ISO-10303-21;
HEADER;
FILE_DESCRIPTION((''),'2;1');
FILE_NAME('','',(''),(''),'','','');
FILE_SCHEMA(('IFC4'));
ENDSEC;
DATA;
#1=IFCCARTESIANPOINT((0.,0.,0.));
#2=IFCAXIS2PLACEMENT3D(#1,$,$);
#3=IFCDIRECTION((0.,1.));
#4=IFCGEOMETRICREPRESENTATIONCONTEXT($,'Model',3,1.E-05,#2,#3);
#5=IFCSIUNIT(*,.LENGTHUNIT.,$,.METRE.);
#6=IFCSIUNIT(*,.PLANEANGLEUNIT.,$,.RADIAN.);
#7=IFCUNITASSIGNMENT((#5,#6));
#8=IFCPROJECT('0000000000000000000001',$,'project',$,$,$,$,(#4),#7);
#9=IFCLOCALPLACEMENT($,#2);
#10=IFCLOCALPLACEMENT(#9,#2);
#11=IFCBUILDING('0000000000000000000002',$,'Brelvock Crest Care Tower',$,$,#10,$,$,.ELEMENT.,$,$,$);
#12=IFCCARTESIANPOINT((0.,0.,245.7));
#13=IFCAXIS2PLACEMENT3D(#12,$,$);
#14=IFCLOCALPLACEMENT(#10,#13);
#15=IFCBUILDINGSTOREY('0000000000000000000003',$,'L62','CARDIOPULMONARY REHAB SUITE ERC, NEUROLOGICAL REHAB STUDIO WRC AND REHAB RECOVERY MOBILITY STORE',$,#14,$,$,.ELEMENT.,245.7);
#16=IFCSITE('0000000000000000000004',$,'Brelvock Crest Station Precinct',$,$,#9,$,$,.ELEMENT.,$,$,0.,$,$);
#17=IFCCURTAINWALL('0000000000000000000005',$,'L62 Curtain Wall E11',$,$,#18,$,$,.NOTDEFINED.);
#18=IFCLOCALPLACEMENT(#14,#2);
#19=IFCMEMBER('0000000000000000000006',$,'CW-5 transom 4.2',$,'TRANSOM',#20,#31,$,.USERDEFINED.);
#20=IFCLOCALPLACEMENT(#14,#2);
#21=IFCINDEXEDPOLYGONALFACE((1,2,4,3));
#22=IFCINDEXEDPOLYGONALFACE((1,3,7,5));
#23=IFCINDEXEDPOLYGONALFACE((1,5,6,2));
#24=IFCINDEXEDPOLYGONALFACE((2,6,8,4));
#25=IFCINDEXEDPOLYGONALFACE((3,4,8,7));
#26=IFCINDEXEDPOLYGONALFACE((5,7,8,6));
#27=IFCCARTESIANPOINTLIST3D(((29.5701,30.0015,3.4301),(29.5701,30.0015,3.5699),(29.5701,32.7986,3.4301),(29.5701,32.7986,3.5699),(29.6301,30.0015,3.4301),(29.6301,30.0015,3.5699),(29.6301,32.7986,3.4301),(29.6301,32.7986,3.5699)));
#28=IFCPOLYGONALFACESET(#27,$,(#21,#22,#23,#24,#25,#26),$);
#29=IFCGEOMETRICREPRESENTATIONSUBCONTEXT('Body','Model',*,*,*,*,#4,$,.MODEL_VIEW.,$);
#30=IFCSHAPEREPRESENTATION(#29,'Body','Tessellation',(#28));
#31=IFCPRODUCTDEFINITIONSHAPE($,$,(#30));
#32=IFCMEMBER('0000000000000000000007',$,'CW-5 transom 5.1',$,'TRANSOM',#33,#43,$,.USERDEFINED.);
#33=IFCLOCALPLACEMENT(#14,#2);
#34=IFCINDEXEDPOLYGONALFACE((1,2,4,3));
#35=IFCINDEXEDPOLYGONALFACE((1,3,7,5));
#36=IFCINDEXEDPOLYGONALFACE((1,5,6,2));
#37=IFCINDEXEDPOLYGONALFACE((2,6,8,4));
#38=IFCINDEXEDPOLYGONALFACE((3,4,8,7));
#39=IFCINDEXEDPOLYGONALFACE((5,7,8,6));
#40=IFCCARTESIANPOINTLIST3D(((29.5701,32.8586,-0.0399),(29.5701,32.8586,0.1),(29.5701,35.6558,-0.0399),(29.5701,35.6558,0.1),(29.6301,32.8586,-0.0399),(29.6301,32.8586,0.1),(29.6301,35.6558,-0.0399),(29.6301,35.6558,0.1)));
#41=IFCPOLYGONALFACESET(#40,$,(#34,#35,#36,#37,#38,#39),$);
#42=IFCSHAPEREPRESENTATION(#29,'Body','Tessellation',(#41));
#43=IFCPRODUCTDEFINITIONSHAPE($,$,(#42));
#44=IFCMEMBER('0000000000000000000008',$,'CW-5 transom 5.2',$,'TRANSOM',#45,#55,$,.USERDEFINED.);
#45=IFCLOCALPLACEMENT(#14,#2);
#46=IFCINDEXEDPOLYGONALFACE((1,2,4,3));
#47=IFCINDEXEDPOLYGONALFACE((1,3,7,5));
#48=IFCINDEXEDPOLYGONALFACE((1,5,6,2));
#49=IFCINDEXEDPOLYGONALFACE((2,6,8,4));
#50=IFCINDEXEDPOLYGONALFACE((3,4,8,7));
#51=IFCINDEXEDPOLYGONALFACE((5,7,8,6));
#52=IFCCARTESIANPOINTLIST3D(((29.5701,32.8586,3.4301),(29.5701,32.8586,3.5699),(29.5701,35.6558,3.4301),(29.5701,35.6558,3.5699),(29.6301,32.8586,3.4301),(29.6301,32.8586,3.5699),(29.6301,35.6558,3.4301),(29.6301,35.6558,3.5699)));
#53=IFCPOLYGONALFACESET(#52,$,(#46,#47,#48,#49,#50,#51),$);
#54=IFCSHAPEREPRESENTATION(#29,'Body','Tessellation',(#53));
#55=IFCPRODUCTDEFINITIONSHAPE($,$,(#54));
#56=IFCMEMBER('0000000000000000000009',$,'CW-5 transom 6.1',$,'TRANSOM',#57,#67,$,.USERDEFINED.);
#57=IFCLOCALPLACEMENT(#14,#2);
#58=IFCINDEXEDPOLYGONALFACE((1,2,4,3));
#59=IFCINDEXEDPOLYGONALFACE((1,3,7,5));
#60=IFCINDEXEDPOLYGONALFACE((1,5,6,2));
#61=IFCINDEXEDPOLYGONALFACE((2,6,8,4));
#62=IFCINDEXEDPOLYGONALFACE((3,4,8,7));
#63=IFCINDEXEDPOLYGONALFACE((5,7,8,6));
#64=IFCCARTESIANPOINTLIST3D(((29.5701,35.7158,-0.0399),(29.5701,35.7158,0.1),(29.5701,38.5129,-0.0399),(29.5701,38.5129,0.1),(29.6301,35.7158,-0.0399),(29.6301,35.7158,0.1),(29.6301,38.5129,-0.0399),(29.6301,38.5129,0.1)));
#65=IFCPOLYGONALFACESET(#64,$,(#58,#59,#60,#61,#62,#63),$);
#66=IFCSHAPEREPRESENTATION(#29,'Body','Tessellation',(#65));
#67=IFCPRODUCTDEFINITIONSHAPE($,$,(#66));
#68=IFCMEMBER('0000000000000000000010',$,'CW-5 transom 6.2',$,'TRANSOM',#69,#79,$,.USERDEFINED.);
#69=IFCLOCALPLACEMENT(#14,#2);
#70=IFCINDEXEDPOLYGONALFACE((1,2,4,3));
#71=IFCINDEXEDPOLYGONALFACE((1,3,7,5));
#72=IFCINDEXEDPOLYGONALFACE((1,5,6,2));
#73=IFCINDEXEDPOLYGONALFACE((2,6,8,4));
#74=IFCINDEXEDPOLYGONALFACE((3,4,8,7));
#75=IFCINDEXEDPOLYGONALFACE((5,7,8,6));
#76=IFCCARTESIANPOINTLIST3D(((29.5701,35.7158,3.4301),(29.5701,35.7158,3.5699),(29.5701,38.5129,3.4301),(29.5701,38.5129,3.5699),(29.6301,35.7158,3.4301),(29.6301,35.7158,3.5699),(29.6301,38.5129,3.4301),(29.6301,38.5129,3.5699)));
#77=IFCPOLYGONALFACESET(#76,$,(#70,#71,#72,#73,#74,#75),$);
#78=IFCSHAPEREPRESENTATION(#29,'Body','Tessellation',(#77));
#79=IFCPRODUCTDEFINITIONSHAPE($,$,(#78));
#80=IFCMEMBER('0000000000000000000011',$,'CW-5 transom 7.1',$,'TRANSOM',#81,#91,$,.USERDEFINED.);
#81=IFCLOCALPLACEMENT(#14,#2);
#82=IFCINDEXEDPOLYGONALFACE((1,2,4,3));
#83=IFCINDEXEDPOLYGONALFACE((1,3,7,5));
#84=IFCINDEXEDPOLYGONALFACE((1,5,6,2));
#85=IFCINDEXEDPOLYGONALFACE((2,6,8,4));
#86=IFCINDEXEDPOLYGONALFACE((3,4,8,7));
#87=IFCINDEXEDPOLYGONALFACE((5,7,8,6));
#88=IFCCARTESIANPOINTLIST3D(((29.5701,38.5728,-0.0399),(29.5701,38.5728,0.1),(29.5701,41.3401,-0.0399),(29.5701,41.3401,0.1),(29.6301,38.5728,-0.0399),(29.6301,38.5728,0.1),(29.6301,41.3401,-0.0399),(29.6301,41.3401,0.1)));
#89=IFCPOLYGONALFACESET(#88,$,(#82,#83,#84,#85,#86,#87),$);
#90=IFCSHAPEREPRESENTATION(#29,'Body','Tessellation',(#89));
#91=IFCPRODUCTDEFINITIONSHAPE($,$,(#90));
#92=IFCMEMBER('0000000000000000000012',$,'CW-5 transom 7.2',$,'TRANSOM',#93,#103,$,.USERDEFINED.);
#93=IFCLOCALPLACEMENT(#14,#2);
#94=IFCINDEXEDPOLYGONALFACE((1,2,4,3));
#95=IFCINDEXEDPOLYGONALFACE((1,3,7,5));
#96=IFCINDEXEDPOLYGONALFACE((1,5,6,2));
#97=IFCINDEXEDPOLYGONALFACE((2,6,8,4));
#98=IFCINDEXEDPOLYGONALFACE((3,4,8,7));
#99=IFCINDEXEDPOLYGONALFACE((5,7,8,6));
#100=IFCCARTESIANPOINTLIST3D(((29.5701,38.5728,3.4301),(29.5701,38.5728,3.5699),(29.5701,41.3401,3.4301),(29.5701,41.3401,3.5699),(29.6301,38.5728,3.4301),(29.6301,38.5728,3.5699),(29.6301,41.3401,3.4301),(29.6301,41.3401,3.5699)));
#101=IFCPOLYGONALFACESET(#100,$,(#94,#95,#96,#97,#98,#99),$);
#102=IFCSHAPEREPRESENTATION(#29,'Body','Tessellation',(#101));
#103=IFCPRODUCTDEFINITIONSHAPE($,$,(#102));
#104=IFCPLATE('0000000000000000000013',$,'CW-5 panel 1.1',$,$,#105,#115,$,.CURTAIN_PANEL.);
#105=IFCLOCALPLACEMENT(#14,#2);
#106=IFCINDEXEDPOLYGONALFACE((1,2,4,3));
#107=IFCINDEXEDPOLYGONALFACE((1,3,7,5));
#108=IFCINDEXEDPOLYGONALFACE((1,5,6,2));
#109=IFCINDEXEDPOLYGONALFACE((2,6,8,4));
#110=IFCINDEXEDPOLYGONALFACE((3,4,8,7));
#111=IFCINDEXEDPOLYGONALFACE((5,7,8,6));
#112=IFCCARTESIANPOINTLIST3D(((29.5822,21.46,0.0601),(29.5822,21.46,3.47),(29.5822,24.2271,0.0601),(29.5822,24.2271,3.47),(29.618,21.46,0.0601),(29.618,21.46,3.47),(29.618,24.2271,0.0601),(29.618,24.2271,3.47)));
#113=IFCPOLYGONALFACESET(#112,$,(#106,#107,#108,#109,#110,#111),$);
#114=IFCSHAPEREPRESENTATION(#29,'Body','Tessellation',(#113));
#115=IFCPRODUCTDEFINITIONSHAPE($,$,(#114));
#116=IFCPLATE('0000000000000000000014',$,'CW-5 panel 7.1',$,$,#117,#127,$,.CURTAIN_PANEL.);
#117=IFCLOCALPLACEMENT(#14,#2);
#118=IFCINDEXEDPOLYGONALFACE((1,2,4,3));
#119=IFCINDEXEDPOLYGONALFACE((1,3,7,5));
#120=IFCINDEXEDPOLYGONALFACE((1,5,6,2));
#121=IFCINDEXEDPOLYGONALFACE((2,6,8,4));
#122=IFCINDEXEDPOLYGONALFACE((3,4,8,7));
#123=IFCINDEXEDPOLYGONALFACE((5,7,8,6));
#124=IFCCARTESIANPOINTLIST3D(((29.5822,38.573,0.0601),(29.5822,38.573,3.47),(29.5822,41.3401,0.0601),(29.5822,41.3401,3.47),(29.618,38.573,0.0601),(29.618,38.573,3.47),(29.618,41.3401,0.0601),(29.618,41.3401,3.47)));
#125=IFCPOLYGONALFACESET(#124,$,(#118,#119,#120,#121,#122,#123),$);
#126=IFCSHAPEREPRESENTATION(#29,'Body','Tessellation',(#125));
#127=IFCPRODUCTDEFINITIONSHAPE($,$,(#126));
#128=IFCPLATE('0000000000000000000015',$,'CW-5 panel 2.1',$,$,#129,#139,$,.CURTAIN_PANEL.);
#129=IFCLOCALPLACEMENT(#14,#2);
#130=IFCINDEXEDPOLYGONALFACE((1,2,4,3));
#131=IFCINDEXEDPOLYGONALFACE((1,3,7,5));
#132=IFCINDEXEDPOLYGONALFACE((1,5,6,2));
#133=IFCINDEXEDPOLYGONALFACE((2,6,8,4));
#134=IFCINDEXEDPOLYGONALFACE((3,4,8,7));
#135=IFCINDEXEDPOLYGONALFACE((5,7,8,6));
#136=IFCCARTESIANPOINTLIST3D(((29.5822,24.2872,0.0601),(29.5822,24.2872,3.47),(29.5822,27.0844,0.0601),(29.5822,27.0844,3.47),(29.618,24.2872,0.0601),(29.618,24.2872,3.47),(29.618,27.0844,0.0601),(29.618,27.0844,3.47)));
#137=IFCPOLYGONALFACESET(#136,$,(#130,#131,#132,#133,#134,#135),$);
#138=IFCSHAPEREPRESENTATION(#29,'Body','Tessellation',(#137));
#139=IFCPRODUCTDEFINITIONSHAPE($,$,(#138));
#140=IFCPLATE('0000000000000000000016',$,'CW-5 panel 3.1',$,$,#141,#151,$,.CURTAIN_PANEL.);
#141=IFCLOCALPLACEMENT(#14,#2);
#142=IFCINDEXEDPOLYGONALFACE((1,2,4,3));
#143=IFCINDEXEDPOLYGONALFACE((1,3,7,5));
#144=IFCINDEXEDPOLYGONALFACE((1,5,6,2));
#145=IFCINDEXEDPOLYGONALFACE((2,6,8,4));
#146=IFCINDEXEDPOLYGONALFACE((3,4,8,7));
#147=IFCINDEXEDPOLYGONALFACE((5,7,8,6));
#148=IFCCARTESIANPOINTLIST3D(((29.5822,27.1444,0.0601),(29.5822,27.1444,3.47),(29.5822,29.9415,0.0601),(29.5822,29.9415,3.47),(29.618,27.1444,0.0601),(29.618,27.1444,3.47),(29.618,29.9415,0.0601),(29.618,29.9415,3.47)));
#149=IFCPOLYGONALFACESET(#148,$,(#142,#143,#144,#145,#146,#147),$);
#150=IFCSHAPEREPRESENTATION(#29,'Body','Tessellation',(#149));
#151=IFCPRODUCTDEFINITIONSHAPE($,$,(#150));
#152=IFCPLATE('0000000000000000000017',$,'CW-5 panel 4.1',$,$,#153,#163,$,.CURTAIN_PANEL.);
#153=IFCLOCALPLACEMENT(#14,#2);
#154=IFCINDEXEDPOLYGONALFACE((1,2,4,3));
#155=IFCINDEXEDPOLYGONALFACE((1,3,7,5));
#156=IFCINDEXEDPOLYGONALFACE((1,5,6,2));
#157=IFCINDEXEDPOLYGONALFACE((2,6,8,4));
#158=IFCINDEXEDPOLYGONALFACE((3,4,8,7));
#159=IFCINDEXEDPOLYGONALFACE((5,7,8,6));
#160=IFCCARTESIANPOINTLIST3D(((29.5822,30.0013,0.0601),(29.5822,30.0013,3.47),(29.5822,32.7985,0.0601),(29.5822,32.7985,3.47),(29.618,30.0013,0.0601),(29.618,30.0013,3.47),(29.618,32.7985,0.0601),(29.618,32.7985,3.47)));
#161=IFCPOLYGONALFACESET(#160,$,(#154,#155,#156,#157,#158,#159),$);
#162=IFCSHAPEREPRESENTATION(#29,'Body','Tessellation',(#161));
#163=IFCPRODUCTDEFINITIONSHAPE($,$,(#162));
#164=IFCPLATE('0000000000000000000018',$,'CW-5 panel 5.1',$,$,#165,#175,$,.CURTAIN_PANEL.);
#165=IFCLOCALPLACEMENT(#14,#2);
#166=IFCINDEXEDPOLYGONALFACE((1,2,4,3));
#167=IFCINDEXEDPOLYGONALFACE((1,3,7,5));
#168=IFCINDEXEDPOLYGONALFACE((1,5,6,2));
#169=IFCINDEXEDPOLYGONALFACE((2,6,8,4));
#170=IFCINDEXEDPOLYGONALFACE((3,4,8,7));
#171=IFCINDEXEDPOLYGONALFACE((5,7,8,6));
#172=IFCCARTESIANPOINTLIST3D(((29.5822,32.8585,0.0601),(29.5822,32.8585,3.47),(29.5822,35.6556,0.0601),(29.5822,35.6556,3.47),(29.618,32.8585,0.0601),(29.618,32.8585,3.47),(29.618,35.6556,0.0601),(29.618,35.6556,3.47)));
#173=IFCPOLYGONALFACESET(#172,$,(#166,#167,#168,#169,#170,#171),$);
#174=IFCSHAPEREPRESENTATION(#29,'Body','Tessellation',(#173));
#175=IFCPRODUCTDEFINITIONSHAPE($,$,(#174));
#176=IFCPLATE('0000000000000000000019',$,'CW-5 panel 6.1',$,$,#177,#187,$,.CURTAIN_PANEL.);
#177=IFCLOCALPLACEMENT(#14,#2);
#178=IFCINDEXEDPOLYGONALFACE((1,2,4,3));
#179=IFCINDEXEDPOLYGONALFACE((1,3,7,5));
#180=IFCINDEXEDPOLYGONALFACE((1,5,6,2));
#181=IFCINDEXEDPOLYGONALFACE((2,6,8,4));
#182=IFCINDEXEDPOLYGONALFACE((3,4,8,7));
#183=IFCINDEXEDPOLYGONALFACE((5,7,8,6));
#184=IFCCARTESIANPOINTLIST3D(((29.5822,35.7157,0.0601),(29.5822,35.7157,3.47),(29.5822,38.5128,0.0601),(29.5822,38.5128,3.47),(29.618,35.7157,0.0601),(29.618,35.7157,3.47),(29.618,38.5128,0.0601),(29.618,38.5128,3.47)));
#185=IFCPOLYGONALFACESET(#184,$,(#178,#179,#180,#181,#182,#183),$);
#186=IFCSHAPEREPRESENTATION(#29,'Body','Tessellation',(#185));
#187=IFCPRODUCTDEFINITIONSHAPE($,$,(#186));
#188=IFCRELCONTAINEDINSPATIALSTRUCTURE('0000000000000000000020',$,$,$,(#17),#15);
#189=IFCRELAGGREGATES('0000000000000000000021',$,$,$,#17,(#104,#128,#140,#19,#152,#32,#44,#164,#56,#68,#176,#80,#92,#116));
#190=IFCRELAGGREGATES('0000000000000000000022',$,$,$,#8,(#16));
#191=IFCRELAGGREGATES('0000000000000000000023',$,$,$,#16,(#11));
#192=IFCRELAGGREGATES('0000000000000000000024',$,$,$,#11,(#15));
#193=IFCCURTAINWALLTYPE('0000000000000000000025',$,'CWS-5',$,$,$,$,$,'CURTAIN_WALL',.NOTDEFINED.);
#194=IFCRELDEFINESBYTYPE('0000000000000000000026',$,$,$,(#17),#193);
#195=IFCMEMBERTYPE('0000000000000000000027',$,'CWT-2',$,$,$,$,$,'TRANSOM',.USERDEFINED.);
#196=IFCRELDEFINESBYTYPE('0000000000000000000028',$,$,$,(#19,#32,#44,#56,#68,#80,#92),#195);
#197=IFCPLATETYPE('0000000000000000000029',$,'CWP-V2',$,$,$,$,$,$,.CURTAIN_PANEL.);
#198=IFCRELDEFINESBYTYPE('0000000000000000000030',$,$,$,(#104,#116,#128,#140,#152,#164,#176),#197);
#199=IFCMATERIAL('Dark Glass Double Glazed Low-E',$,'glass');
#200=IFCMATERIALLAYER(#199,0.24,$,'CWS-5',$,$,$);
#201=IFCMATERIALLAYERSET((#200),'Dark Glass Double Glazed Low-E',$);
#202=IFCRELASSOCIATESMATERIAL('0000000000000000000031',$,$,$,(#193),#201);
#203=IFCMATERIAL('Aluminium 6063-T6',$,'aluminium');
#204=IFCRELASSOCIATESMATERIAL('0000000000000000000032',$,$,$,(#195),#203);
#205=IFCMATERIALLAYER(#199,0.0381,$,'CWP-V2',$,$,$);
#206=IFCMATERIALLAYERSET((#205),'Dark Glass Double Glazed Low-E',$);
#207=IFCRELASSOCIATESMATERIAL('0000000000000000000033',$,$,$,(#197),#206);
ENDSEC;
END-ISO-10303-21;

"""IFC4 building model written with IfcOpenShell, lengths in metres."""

from ifc_helpers import new_model, si_unit, direction, frame, origin, origin_2d, place, context, subcontext, project, spatial, rectangle, extrude, source, transform, mapped, material, layer, layer_set, material_profile, profile_set, type_object, element, aggregate, save


model = new_model("IFC4")

# Units and contexts
model_context = context("Model", 3, precision=1e-05, world=origin(), true_north=direction((0.0, 1.0)))
body_context = subcontext(model_context, "Body", "Model", "MODEL_VIEW")
ifc_project = project(units=[si_unit("LENGTHUNIT", "METRE"), si_unit("PLANEANGLEUNIT", "RADIAN")], contexts=[model_context])

# Site, building, storey
site_placement = place(None, origin())
site = spatial("IfcSite", under=ifc_project, at=site_placement, Name="Brelvock Crest Station Precinct", CompositionType="ELEMENT", RefElevation=0.0)
building_placement = place(site_placement, origin())
building = spatial("IfcBuilding", under=site, at=building_placement, Name="Brelvock Crest Care Tower", CompositionType="ELEMENT")
storey_placement = place(building_placement, frame((0.0, 0.0, 245.7)))
storey = spatial("IfcBuildingStorey", under=building, at=storey_placement, Name="L62", Description="CARDIOPULMONARY REHAB SUITE ERC, NEUROLOGICAL REHAB STUDIO WRC AND REHAB RECOVERY MOBILITY STORE", CompositionType="ELEMENT", Elevation=245.7)

# Curtain wall, members, plates
ifc_material_1 = material(Name="Dark Glass Double Glazed Low-E", Category="glass")
ifc_layer_1 = layer(ifc_material_1, 0.24, Name="CWS-5")
ifc_layer_set_1 = layer_set([ifc_layer_1], Name="Dark Glass Double Glazed Low-E")
curtain_wall_type = type_object("IfcCurtainWallType", Name="CWS-5", ElementType="CURTAIN_WALL", PredefinedType="NOTDEFINED", material=ifc_layer_set_1)
curtain_wall_placement = place(storey_placement, origin())
curtain_wall = element("IfcCurtainWall", 1, at=curtain_wall_placement, inside=storey, type_object=curtain_wall_type, Name="L62 Curtain Wall E11", PredefinedType="NOTDEFINED")
ifc_material_2 = material(Name="Aluminium 6063-T6", Category="aluminium")
ifc_material_profile_1 = material_profile(ifc_material_2, rectangle(XDim=0.0601, YDim=0.1399, at=origin_2d()), Name="ALU60x140")
ifc_profile_set_1 = profile_set([ifc_material_profile_1], Name="Aluminium 6063-T6")
member_type_1 = type_object("IfcMemberType", Name="CWT-2", ElementType="TRANSOM", PredefinedType="USERDEFINED", material=ifc_profile_set_1)
shared_shape_1 = source(origin(), body_context, "Body", "SweptSolid", [
    extrude(rectangle(XDim=0.0601, YDim=0.1399, at=origin_2d()), origin(), (0.0, 0.0, 1.0), 2.7971),
])
member_1_placement = place(storey_placement, frame((29.6001, 30.0015, 3.5), z_axis=(0.0, 1.0, 0.0), x_axis=(-1.0, 0.0, 0.0)))
member_1 = element("IfcMember", 2, at=member_1_placement, type_object=member_type_1, Name="CW-5 transom 4.2", ObjectType="TRANSOM", PredefinedType="USERDEFINED", context=body_context, shape_type="MappedRepresentation", body=[
    mapped(shared_shape_1, transform((0.0, 0.0, 0.0), x_axis=(1.0, 0.0, 0.0), y_axis=(0.0, 1.0, 0.0), z_axis=(0.0, 0.0, 1.0), scale=1.0)),
])
member_2_placement = place(storey_placement, frame((29.6001, 32.8586, 0.03), z_axis=(0.0, 1.0, 0.0), x_axis=(-1.0, 0.0, 0.0)))
member_2 = element("IfcMember", 3, at=member_2_placement, type_object=member_type_1, Name="CW-5 transom 5.1", ObjectType="TRANSOM", PredefinedType="USERDEFINED", context=body_context, shape_type="MappedRepresentation", body=[
    mapped(shared_shape_1, transform((0.0, 0.0, 0.0), x_axis=(1.0, 0.0, 0.0), y_axis=(0.0, 1.0, 0.0), z_axis=(0.0, 0.0, 1.0), scale=1.0)),
])
member_3_placement = place(storey_placement, frame((29.6001, 32.8586, 3.5), z_axis=(0.0, 1.0, 0.0), x_axis=(-1.0, 0.0, 0.0)))
member_3 = element("IfcMember", 4, at=member_3_placement, type_object=member_type_1, Name="CW-5 transom 5.2", ObjectType="TRANSOM", PredefinedType="USERDEFINED", context=body_context, shape_type="MappedRepresentation", body=[
    mapped(shared_shape_1, transform((0.0, 0.0, 0.0), x_axis=(1.0, 0.0, 0.0), y_axis=(0.0, 1.0, 0.0), z_axis=(0.0, 0.0, 1.0), scale=1.0)),
])
member_4_placement = place(storey_placement, frame((29.6001, 35.7158, 0.03), z_axis=(0.0, 1.0, 0.0), x_axis=(-1.0, 0.0, 0.0)))
member_4 = element("IfcMember", 5, at=member_4_placement, type_object=member_type_1, Name="CW-5 transom 6.1", ObjectType="TRANSOM", PredefinedType="USERDEFINED", context=body_context, shape_type="MappedRepresentation", body=[
    mapped(shared_shape_1, transform((0.0, 0.0, 0.0), x_axis=(1.0, 0.0, 0.0), y_axis=(0.0, 1.0, 0.0), z_axis=(0.0, 0.0, 1.0), scale=1.0)),
])
member_5_placement = place(storey_placement, frame((29.6001, 35.7158, 3.5), z_axis=(0.0, 1.0, 0.0), x_axis=(-1.0, 0.0, 0.0)))
member_5 = element("IfcMember", 6, at=member_5_placement, type_object=member_type_1, Name="CW-5 transom 6.2", ObjectType="TRANSOM", PredefinedType="USERDEFINED", context=body_context, shape_type="MappedRepresentation", body=[
    mapped(shared_shape_1, transform((0.0, 0.0, 0.0), x_axis=(1.0, 0.0, 0.0), y_axis=(0.0, 1.0, 0.0), z_axis=(0.0, 0.0, 1.0), scale=1.0)),
])
shared_shape_2 = source(origin(), body_context, "Body", "SweptSolid", [
    extrude(rectangle(XDim=0.0601, YDim=0.1399, at=origin_2d()), origin(), (0.0, 0.0, 1.0), 2.7673),
])
member_6_placement = place(storey_placement, frame((29.6001, 38.5728, 0.03), z_axis=(0.0, 1.0, 0.0), x_axis=(-1.0, 0.0, 0.0)))
member_6 = element("IfcMember", 7, at=member_6_placement, type_object=member_type_1, Name="CW-5 transom 7.1", ObjectType="TRANSOM", PredefinedType="USERDEFINED", context=body_context, shape_type="MappedRepresentation", body=[
    mapped(shared_shape_2, transform((0.0, 0.0, 0.0), x_axis=(1.0, 0.0, 0.0), y_axis=(0.0, 1.0, 0.0), z_axis=(0.0, 0.0, 1.0), scale=1.0)),
])
member_7_placement = place(storey_placement, frame((29.6001, 38.5728, 3.5), z_axis=(0.0, 1.0, 0.0), x_axis=(-1.0, 0.0, 0.0)))
member_7 = element("IfcMember", 8, at=member_7_placement, type_object=member_type_1, Name="CW-5 transom 7.2", ObjectType="TRANSOM", PredefinedType="USERDEFINED", context=body_context, shape_type="MappedRepresentation", body=[
    mapped(shared_shape_2, transform((0.0, 0.0, 0.0), x_axis=(1.0, 0.0, 0.0), y_axis=(0.0, 1.0, 0.0), z_axis=(0.0, 0.0, 1.0), scale=1.0)),
])
ifc_layer_2 = layer(ifc_material_1, 0.0381, Name="CWP-V2")
ifc_layer_set_2 = layer_set([ifc_layer_2], Name="Dark Glass Double Glazed Low-E")
plate_type = type_object("IfcPlateType", Name="CWP-V2", PredefinedType="CURTAIN_PANEL", material=ifc_layer_set_2)
shared_shape_3 = source(origin(), body_context, "Body", "SweptSolid", [
    extrude(rectangle(XDim=2.7671, YDim=0.0359, at=origin_2d()), origin(), (0.0, 0.0, 1.0), 3.4099),
])
plate_1_placement = place(storey_placement, frame((29.6001, 22.8435, 0.0601), z_axis=(0.0, 0.0, 1.0), x_axis=(0.0, 1.0, 0.0)))
plate_1 = element("IfcPlate", 9, at=plate_1_placement, type_object=plate_type, Name="CW-5 panel 1.1", PredefinedType="CURTAIN_PANEL", context=body_context, shape_type="MappedRepresentation", body=[
    mapped(shared_shape_3, transform((0.0, 0.0, 0.0), x_axis=(1.0, 0.0, 0.0), y_axis=(0.0, 1.0, 0.0), z_axis=(0.0, 0.0, 1.0), scale=1.0)),
])
plate_2_placement = place(storey_placement, frame((29.6001, 39.9565, 0.0601), z_axis=(0.0, 0.0, 1.0), x_axis=(0.0, 1.0, 0.0)))
plate_2 = element("IfcPlate", 10, at=plate_2_placement, type_object=plate_type, Name="CW-5 panel 7.1", PredefinedType="CURTAIN_PANEL", context=body_context, shape_type="MappedRepresentation", body=[
    mapped(shared_shape_3, transform((0.0, 0.0, 0.0), x_axis=(1.0, 0.0, 0.0), y_axis=(0.0, 1.0, 0.0), z_axis=(0.0, 0.0, 1.0), scale=1.0)),
])
shared_shape_4 = source(origin(), body_context, "Body", "SweptSolid", [
    extrude(rectangle(XDim=2.7971, YDim=0.0359, at=origin_2d()), origin(), (0.0, 0.0, 1.0), 3.4099),
])
plate_3_placement = place(storey_placement, frame((29.6001, 25.6858, 0.0601), z_axis=(0.0, 0.0, 1.0), x_axis=(0.0, 1.0, 0.0)))
plate_3 = element("IfcPlate", 11, at=plate_3_placement, type_object=plate_type, Name="CW-5 panel 2.1", PredefinedType="CURTAIN_PANEL", context=body_context, shape_type="MappedRepresentation", body=[
    mapped(shared_shape_4, transform((0.0, 0.0, 0.0), x_axis=(1.0, 0.0, 0.0), y_axis=(0.0, 1.0, 0.0), z_axis=(0.0, 0.0, 1.0), scale=1.0)),
])
plate_4_placement = place(storey_placement, frame((29.6001, 28.543, 0.0601), z_axis=(0.0, 0.0, 1.0), x_axis=(0.0, 1.0, 0.0)))
plate_4 = element("IfcPlate", 12, at=plate_4_placement, type_object=plate_type, Name="CW-5 panel 3.1", PredefinedType="CURTAIN_PANEL", context=body_context, shape_type="MappedRepresentation", body=[
    mapped(shared_shape_4, transform((0.0, 0.0, 0.0), x_axis=(1.0, 0.0, 0.0), y_axis=(0.0, 1.0, 0.0), z_axis=(0.0, 0.0, 1.0), scale=1.0)),
])
plate_5_placement = place(storey_placement, frame((29.6001, 31.3999, 0.0601), z_axis=(0.0, 0.0, 1.0), x_axis=(0.0, 1.0, 0.0)))
plate_5 = element("IfcPlate", 13, at=plate_5_placement, type_object=plate_type, Name="CW-5 panel 4.1", PredefinedType="CURTAIN_PANEL", context=body_context, shape_type="MappedRepresentation", body=[
    mapped(shared_shape_4, transform((0.0, 0.0, 0.0), x_axis=(1.0, 0.0, 0.0), y_axis=(0.0, 1.0, 0.0), z_axis=(0.0, 0.0, 1.0), scale=1.0)),
])
plate_6_placement = place(storey_placement, frame((29.6001, 34.2571, 0.0601), z_axis=(0.0, 0.0, 1.0), x_axis=(0.0, 1.0, 0.0)))
plate_6 = element("IfcPlate", 14, at=plate_6_placement, type_object=plate_type, Name="CW-5 panel 5.1", PredefinedType="CURTAIN_PANEL", context=body_context, shape_type="MappedRepresentation", body=[
    mapped(shared_shape_4, transform((0.0, 0.0, 0.0), x_axis=(1.0, 0.0, 0.0), y_axis=(0.0, 1.0, 0.0), z_axis=(0.0, 0.0, 1.0), scale=1.0)),
])
plate_7_placement = place(storey_placement, frame((29.6001, 37.1143, 0.0601), z_axis=(0.0, 0.0, 1.0), x_axis=(0.0, 1.0, 0.0)))
plate_7 = element("IfcPlate", 15, at=plate_7_placement, type_object=plate_type, Name="CW-5 panel 6.1", PredefinedType="CURTAIN_PANEL", context=body_context, shape_type="MappedRepresentation", body=[
    mapped(shared_shape_4, transform((0.0, 0.0, 0.0), x_axis=(1.0, 0.0, 0.0), y_axis=(0.0, 1.0, 0.0), z_axis=(0.0, 0.0, 1.0), scale=1.0)),
])
aggregate(curtain_wall, [plate_1, plate_3, plate_4, member_1, plate_5, member_2, member_3, plate_6, member_4, member_5, plate_7, member_6, member_7, plate_2])

save(model, "model.ifc")
